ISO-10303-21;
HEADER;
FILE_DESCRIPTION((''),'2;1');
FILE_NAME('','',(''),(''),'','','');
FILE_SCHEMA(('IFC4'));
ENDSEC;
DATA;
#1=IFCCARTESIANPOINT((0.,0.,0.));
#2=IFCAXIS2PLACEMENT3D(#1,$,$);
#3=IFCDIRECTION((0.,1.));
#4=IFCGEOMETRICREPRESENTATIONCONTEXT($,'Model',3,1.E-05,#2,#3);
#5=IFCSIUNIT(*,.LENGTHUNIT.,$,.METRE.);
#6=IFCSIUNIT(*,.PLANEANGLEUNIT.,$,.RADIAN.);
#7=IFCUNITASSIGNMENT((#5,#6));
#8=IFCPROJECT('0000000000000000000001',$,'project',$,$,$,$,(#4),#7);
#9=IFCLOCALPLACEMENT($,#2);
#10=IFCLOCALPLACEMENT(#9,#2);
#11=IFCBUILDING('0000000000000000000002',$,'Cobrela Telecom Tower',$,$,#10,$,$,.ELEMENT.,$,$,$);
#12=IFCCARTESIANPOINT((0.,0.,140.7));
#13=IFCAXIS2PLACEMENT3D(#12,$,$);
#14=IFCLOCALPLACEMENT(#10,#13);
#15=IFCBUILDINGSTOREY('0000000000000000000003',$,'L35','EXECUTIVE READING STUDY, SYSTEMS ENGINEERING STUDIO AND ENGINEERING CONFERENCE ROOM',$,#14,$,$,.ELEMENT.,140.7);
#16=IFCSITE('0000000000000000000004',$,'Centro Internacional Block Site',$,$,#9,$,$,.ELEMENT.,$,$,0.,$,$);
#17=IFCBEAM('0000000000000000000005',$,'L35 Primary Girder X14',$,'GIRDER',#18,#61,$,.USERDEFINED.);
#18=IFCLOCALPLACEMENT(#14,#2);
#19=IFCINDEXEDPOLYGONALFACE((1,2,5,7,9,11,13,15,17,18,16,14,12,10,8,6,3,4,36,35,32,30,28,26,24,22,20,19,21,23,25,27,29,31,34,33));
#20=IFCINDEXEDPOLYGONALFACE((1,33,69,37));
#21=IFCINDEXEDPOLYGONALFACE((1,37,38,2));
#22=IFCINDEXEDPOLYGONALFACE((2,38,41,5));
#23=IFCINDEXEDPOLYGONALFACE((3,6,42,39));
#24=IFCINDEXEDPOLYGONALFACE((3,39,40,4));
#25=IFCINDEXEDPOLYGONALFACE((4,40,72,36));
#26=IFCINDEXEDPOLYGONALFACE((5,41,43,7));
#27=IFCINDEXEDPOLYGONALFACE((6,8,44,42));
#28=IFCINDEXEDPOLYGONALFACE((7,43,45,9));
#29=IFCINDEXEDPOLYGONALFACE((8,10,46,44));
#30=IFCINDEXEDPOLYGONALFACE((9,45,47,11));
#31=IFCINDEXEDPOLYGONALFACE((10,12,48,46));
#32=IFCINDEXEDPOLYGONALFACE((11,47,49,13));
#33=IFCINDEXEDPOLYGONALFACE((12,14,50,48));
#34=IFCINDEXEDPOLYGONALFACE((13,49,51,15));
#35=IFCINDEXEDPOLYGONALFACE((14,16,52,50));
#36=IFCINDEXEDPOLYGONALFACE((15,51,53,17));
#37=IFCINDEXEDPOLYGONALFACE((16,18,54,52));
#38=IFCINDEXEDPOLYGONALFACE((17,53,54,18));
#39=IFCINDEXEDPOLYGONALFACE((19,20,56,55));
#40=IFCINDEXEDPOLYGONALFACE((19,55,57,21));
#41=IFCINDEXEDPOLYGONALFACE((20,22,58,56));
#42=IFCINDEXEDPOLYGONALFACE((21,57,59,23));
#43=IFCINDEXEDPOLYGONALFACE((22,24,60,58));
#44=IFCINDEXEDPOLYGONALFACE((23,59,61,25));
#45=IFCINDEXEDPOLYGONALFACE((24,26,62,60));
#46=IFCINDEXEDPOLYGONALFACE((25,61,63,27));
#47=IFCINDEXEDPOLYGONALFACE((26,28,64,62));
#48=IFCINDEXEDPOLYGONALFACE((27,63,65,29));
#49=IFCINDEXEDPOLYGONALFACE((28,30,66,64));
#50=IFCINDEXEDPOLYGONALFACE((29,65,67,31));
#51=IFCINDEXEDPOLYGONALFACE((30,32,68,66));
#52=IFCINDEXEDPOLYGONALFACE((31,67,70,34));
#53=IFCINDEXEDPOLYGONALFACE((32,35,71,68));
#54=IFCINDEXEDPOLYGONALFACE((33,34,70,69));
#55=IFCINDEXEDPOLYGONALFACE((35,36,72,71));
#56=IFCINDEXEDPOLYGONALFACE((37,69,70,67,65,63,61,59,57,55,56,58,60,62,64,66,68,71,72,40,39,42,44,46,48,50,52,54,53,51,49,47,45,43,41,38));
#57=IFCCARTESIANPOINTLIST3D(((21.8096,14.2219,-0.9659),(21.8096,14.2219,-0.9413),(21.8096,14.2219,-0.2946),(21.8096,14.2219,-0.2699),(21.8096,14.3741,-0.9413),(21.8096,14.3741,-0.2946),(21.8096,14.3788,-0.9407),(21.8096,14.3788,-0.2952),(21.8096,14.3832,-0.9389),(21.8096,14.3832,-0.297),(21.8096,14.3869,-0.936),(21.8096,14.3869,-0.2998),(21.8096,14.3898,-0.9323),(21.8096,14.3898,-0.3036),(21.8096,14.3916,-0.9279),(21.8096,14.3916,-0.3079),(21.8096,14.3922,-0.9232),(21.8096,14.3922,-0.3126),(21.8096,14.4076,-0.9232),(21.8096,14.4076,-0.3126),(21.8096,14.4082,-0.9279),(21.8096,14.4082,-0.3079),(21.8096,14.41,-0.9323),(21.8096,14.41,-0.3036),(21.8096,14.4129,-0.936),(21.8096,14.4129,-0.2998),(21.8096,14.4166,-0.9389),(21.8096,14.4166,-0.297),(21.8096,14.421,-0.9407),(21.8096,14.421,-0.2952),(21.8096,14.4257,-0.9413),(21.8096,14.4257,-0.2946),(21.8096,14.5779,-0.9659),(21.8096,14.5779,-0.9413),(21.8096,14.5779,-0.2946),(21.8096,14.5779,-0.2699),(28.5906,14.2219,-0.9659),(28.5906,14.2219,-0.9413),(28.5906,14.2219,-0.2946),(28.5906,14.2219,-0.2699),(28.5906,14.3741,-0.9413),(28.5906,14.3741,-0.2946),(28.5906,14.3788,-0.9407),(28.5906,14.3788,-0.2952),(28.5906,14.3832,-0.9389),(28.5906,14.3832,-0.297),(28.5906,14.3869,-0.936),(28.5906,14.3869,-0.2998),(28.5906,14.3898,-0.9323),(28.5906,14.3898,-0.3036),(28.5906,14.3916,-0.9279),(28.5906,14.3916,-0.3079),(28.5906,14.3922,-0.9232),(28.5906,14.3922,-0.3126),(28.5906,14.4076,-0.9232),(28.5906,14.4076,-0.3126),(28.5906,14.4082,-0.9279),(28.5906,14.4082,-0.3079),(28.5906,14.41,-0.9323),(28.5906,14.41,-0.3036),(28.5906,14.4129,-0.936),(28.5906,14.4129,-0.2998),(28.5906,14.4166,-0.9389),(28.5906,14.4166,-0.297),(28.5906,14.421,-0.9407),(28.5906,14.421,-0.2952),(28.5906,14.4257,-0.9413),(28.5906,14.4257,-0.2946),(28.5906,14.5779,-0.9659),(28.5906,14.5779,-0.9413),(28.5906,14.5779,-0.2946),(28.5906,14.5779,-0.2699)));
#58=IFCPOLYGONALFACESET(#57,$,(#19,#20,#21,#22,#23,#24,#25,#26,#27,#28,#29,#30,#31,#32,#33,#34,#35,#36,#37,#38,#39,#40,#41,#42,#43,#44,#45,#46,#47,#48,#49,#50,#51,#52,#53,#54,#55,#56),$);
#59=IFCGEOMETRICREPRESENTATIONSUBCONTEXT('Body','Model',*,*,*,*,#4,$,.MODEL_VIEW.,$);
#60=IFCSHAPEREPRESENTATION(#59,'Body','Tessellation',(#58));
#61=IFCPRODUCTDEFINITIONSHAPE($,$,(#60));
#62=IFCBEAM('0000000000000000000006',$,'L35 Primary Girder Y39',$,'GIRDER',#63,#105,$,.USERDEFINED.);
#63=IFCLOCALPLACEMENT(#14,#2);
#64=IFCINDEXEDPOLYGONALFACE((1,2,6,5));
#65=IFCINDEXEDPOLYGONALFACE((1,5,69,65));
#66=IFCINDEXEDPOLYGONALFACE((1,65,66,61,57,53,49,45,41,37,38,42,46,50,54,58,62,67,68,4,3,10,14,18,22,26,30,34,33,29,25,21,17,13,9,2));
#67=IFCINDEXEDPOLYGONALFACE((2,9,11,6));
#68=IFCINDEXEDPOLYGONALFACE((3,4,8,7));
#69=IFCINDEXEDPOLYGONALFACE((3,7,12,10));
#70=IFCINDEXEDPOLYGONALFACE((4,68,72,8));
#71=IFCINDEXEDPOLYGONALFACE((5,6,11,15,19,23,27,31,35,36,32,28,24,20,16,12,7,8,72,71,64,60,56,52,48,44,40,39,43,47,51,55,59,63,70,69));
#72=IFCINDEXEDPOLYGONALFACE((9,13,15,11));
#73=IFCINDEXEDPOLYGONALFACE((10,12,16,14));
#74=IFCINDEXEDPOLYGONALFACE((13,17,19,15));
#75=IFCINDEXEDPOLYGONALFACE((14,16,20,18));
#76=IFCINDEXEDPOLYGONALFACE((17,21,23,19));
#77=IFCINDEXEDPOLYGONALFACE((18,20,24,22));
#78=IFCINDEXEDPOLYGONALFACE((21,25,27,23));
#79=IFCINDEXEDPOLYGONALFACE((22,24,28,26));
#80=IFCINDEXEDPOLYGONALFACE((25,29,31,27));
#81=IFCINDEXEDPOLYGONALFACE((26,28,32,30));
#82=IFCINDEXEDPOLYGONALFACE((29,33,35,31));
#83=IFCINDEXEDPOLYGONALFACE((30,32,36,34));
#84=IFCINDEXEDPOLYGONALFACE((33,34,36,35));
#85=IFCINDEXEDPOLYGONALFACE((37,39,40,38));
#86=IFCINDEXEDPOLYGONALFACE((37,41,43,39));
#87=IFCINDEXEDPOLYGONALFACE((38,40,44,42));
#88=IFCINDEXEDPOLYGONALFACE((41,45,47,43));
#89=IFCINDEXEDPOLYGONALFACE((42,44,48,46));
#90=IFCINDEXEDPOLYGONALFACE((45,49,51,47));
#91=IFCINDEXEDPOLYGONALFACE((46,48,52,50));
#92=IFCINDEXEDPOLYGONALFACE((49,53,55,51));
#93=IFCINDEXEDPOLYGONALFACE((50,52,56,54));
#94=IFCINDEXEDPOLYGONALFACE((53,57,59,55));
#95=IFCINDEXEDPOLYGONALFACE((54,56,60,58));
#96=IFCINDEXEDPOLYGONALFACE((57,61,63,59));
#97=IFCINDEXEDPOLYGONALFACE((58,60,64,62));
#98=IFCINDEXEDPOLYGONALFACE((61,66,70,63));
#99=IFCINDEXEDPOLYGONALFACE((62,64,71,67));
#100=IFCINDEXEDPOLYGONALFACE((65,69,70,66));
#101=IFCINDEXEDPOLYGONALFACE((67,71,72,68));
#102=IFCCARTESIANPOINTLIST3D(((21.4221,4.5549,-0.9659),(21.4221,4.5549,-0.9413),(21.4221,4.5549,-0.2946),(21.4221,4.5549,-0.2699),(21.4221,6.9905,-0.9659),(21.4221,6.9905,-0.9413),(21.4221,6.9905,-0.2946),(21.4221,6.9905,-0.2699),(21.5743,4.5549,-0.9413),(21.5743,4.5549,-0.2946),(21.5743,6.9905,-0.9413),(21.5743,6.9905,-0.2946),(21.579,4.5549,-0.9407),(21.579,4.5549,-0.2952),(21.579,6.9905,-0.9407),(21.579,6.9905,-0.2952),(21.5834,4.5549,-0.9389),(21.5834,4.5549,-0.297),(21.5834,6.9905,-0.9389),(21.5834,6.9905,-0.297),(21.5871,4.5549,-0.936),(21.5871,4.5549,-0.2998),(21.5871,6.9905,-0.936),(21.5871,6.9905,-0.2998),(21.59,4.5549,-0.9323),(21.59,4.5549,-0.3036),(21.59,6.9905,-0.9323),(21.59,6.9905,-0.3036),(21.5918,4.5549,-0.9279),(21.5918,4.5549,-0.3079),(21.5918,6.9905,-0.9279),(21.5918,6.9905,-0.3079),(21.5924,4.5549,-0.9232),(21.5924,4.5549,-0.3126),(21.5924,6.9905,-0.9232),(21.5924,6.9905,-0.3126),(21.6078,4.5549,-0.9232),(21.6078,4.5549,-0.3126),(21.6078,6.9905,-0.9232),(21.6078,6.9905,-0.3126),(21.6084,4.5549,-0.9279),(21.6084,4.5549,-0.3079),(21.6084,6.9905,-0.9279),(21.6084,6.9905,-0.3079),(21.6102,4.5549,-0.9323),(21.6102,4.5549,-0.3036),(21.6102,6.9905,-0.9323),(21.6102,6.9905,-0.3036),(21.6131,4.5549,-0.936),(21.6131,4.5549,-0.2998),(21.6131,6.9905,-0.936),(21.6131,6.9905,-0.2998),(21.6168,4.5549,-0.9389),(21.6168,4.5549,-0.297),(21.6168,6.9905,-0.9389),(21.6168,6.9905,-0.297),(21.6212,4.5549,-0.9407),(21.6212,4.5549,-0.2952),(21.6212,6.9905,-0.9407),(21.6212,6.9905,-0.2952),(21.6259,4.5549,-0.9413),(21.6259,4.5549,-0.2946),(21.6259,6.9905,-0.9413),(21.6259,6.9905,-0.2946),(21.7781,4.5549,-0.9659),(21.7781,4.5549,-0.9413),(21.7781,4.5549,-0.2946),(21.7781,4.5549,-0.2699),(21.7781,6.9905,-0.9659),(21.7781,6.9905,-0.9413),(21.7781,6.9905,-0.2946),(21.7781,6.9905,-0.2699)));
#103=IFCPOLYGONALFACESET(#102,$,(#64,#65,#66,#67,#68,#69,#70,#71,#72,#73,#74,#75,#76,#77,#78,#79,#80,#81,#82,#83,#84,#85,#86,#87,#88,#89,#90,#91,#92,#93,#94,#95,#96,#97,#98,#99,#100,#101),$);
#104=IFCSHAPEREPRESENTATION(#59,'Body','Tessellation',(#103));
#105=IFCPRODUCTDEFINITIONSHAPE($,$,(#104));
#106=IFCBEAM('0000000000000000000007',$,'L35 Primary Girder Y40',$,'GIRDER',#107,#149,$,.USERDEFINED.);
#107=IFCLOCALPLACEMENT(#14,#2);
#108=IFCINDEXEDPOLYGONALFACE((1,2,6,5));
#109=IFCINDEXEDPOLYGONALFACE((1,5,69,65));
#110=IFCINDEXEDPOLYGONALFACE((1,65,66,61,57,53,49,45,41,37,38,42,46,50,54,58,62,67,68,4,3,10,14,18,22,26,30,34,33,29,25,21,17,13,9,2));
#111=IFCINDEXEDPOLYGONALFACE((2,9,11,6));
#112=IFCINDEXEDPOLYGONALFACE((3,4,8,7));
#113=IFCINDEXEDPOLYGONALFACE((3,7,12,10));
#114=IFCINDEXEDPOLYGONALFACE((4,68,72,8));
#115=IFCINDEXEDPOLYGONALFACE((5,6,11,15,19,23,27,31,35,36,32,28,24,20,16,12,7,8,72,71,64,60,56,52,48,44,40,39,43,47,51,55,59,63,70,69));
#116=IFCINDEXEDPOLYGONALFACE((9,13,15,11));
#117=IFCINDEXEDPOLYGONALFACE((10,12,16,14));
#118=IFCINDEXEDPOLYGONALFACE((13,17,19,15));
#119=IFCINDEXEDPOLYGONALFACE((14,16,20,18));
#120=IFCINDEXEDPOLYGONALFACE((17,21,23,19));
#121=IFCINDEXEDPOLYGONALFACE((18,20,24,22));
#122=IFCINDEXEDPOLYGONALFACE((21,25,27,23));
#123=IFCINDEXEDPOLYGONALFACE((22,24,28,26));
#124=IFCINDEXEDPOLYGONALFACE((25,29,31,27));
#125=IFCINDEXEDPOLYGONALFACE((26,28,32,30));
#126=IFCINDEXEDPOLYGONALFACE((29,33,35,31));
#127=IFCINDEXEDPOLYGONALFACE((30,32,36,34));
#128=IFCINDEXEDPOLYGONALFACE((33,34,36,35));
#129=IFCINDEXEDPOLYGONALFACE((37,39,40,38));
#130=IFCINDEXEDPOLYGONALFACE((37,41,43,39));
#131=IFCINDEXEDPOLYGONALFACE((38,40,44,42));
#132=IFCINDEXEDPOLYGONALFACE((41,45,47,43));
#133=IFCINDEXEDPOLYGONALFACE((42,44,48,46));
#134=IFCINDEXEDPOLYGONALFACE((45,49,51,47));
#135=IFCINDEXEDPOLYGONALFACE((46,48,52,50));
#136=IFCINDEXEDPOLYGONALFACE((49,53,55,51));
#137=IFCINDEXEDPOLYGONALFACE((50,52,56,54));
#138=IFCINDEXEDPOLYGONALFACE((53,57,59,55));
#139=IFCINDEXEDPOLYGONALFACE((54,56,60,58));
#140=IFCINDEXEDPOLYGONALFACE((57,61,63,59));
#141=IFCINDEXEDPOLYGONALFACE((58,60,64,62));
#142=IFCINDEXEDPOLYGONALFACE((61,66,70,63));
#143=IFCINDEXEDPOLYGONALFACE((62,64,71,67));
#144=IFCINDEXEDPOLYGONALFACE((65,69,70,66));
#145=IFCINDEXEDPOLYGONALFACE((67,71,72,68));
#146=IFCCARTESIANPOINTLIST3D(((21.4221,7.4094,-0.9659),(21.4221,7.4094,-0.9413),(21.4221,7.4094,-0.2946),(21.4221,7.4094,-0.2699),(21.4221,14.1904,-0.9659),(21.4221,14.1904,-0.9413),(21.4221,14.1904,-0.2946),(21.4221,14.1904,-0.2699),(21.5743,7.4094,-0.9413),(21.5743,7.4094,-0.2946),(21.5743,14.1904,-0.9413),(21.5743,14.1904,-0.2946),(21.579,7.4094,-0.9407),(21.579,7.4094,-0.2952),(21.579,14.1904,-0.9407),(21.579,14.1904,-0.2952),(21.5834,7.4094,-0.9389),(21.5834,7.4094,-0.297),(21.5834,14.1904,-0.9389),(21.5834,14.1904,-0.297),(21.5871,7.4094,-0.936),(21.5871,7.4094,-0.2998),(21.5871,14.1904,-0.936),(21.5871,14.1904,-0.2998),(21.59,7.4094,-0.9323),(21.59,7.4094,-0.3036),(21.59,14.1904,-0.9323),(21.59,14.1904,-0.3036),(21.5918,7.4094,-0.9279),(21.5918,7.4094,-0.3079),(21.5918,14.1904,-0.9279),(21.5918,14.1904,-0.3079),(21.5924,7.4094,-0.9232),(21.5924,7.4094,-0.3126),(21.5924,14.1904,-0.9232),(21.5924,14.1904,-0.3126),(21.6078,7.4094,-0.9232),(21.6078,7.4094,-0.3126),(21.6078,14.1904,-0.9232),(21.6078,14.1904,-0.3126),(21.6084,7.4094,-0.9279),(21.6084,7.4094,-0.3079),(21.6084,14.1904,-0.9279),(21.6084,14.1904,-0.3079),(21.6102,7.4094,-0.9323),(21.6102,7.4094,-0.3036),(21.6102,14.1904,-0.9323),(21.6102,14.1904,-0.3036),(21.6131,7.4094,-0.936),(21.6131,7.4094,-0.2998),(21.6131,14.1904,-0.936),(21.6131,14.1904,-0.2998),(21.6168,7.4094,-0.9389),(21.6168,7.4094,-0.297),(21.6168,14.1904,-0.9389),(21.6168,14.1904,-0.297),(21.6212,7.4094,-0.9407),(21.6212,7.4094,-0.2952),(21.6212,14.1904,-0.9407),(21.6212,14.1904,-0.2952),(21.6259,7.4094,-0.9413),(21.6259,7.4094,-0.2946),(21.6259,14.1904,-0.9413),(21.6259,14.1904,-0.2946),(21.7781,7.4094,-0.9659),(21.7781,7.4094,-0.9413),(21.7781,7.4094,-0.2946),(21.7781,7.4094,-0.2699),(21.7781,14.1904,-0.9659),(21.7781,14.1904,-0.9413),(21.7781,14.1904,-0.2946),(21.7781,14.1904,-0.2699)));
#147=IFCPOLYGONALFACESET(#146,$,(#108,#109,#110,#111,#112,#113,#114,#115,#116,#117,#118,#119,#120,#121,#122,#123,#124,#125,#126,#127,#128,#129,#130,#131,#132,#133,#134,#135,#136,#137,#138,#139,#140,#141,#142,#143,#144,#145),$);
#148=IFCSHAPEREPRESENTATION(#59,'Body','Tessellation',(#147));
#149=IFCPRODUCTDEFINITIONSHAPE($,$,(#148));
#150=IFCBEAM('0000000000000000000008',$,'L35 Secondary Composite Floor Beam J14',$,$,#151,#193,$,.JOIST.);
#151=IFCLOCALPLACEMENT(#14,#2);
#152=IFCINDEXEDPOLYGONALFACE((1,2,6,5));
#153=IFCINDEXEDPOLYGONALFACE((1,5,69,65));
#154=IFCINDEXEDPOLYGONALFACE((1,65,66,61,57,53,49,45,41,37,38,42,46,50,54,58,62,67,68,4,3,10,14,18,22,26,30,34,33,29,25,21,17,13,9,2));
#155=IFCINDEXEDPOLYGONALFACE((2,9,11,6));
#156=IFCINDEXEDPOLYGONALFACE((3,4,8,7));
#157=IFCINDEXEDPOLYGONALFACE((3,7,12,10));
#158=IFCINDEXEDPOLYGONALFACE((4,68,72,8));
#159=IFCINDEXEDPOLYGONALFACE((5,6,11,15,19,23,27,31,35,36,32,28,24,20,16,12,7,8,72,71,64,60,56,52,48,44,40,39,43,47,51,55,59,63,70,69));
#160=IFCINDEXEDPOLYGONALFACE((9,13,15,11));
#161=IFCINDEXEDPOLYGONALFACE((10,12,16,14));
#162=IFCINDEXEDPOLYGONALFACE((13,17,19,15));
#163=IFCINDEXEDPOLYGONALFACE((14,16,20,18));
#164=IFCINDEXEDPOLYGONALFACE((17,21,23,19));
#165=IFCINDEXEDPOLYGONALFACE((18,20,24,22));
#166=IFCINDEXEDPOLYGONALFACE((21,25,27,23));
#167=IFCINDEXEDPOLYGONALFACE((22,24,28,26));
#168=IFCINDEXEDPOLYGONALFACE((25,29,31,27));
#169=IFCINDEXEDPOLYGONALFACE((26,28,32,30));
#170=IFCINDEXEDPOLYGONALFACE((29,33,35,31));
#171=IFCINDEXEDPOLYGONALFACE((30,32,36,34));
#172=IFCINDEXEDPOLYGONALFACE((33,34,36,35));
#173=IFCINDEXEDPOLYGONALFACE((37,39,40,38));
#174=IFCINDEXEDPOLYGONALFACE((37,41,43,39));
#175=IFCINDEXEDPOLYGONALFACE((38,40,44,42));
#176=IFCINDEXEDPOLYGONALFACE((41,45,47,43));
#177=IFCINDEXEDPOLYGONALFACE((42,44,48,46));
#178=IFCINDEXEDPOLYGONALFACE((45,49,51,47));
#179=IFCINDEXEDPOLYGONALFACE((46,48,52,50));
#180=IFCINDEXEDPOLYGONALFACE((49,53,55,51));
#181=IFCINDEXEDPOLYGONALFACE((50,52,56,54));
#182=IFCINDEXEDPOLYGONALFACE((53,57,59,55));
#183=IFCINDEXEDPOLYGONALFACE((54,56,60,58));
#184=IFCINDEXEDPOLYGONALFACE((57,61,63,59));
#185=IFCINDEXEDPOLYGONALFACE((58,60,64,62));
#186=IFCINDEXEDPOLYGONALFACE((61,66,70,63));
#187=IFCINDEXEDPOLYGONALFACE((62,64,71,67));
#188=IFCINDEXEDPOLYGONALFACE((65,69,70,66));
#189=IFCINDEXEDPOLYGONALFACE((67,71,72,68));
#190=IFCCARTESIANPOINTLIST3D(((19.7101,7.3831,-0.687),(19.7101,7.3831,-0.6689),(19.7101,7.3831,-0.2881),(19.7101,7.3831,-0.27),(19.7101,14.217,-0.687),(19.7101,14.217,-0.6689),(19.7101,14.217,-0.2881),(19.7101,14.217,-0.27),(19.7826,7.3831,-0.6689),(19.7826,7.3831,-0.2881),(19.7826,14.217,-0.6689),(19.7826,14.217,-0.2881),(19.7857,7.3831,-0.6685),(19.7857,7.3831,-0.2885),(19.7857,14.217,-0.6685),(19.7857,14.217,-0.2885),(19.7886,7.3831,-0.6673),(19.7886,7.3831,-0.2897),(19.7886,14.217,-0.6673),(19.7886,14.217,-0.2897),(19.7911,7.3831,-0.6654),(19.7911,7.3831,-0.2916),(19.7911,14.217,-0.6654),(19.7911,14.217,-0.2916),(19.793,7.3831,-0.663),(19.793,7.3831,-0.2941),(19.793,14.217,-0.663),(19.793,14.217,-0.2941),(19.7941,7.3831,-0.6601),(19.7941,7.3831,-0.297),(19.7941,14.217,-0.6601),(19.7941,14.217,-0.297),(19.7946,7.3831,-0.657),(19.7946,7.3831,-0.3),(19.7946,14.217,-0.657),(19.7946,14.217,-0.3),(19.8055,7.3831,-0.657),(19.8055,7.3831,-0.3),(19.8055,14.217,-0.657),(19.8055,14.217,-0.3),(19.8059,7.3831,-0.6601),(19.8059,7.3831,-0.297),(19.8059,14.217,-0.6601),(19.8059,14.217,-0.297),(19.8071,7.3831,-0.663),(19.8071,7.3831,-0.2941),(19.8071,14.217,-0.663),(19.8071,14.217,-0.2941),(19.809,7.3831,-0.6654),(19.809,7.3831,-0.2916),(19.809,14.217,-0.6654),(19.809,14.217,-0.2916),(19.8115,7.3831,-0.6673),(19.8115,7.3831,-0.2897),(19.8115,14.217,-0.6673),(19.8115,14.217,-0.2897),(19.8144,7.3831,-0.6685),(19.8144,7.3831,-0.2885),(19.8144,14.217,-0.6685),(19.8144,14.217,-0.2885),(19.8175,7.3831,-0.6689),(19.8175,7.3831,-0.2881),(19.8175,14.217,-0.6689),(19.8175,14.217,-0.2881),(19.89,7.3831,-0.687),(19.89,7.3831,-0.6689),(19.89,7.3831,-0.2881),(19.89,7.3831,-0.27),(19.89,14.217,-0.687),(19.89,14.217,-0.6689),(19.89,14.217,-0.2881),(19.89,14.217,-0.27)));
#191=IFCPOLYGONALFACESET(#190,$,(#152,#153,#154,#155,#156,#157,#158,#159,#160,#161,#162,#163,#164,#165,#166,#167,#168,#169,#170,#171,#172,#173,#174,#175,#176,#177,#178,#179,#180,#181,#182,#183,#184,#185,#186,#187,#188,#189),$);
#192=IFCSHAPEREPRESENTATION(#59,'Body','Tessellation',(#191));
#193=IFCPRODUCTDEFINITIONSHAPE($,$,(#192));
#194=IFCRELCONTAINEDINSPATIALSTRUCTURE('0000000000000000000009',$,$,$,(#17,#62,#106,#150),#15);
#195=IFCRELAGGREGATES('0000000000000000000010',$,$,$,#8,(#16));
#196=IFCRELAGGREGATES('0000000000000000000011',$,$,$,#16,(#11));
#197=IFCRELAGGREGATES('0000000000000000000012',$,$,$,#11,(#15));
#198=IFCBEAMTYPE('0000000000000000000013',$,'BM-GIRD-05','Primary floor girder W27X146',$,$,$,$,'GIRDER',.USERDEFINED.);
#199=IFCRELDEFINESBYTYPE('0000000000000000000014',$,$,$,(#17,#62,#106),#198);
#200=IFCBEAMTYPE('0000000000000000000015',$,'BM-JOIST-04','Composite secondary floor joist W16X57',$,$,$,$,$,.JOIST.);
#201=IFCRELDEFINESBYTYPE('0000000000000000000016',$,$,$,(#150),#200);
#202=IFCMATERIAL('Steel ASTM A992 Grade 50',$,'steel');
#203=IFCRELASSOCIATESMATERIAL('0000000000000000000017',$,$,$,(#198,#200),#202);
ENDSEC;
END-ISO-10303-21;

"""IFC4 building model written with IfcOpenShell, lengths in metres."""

from ifc_helpers import new_model, si_unit, direction, frame, origin, origin_2d, place, context, subcontext, project, spatial, i_section, extrude, material, material_profile, profile_set, type_object, element, save


model = new_model("IFC4")

# Units and contexts
model_context = context("Model", 3, precision=1e-05, world=origin(), true_north=direction((0.0, 1.0)))
body_context = subcontext(model_context, "Body", "Model", "MODEL_VIEW")
ifc_project = project(units=[si_unit("LENGTHUNIT", "METRE"), si_unit("PLANEANGLEUNIT", "RADIAN")], contexts=[model_context])

# Site, building, storey
site_placement = place(None, origin())
site = spatial("IfcSite", under=ifc_project, at=site_placement, Name="Centro Internacional Block Site", CompositionType="ELEMENT", RefElevation=0.0)
building_placement = place(site_placement, origin())
building = spatial("IfcBuilding", under=site, at=building_placement, Name="Cobrela Telecom Tower", CompositionType="ELEMENT")
storey_placement = place(building_placement, frame((0.0, 0.0, 140.7)))
storey = spatial("IfcBuildingStorey", under=building, at=storey_placement, Name="L35", Description="EXECUTIVE READING STUDY, SYSTEMS ENGINEERING STUDIO AND ENGINEERING CONFERENCE ROOM", CompositionType="ELEMENT", Elevation=140.7)

# Shared definitions
ifc_material_1 = material(Name="Steel ASTM A992 Grade 50", Category="steel")

# Beams
ifc_material_profile_1 = material_profile(ifc_material_1, i_section(OverallWidth=0.356, OverallDepth=0.696, WebThickness=0.0154, FlangeThickness=0.0247, FilletRadius=0.0181, at=origin_2d()), Name="W27X146")
ifc_profile_set_1 = profile_set([ifc_material_profile_1], Name="Steel ASTM A992 Grade 50")
beam_type_1 = type_object("IfcBeamType", Name="BM-GIRD-05", Description="Primary floor girder W27X146", ElementType="GIRDER", PredefinedType="USERDEFINED", material=ifc_profile_set_1)
for number, where, z_axis, x_axis, name in (
    (1, (21.8096, 14.3999, -0.6179), (1.0, 0.0, 0.0), (0.0, 1.0, 0.0), "L35 Primary Girder X14"),
):
    element("IfcBeam", number, at=place(storey_placement, frame(where, z_axis=z_axis, x_axis=x_axis)), inside=storey, type_object=beam_type_1, Name=name, ObjectType="GIRDER", PredefinedType="USERDEFINED", context=body_context, shape_type="SweptSolid", body=[
        extrude(i_section(OverallWidth=0.356, OverallDepth=0.696, WebThickness=0.0154, FlangeThickness=0.0247, FilletRadius=0.0181, at=origin_2d()), origin(), (0.0, 0.0, 1.0), 6.781),
    ])
beam_1_placement = place(storey_placement, frame((21.6001, 4.5549, -0.6179), z_axis=(0.0, 1.0, 0.0), x_axis=(-1.0, 0.0, 0.0)))
element("IfcBeam", 2, at=beam_1_placement, inside=storey, type_object=beam_type_1, Name="L35 Primary Girder Y39", ObjectType="GIRDER", PredefinedType="USERDEFINED", context=body_context, shape_type="SweptSolid", body=[
    extrude(i_section(OverallWidth=0.356, OverallDepth=0.696, WebThickness=0.0154, FlangeThickness=0.0247, FilletRadius=0.0181, at=origin_2d()), origin(), (0.0, 0.0, 1.0), 2.4355),
])
beam_2_placement = place(storey_placement, frame((21.6001, 7.4094, -0.6179), z_axis=(0.0, 1.0, 0.0), x_axis=(-1.0, 0.0, 0.0)))
element("IfcBeam", 3, at=beam_2_placement, inside=storey, type_object=beam_type_1, Name="L35 Primary Girder Y40", ObjectType="GIRDER", PredefinedType="USERDEFINED", context=body_context, shape_type="SweptSolid", body=[
    extrude(i_section(OverallWidth=0.356, OverallDepth=0.696, WebThickness=0.0154, FlangeThickness=0.0247, FilletRadius=0.0181, at=origin_2d()), origin(), (0.0, 0.0, 1.0), 6.781),
])
ifc_material_profile_2 = material_profile(ifc_material_1, i_section(OverallWidth=0.1799, OverallDepth=0.417, WebThickness=0.011, FlangeThickness=0.0181, FilletRadius=0.012, at=origin_2d()), Name="W16X57")
ifc_profile_set_2 = profile_set([ifc_material_profile_2], Name="Steel ASTM A992 Grade 50")
beam_type_2 = type_object("IfcBeamType", Name="BM-JOIST-04", Description="Composite secondary floor joist W16X57", PredefinedType="JOIST", material=ifc_profile_set_2)
for number, where, z_axis, x_axis, name in (
    (4, (19.8, 7.3831, -0.4785), (0.0, 1.0, 0.0), (-1.0, 0.0, 0.0), "L35 Secondary Composite Floor Beam J14"),
):
    element("IfcBeam", number, at=place(storey_placement, frame(where, z_axis=z_axis, x_axis=x_axis)), inside=storey, type_object=beam_type_2, Name=name, PredefinedType="JOIST", context=body_context, shape_type="SweptSolid", body=[
        extrude(i_section(OverallWidth=0.1799, OverallDepth=0.417, WebThickness=0.011, FlangeThickness=0.0181, FilletRadius=0.012, at=origin_2d()), origin(), (0.0, 0.0, 1.0), 6.834),
    ])

save(model, "model.ifc")
